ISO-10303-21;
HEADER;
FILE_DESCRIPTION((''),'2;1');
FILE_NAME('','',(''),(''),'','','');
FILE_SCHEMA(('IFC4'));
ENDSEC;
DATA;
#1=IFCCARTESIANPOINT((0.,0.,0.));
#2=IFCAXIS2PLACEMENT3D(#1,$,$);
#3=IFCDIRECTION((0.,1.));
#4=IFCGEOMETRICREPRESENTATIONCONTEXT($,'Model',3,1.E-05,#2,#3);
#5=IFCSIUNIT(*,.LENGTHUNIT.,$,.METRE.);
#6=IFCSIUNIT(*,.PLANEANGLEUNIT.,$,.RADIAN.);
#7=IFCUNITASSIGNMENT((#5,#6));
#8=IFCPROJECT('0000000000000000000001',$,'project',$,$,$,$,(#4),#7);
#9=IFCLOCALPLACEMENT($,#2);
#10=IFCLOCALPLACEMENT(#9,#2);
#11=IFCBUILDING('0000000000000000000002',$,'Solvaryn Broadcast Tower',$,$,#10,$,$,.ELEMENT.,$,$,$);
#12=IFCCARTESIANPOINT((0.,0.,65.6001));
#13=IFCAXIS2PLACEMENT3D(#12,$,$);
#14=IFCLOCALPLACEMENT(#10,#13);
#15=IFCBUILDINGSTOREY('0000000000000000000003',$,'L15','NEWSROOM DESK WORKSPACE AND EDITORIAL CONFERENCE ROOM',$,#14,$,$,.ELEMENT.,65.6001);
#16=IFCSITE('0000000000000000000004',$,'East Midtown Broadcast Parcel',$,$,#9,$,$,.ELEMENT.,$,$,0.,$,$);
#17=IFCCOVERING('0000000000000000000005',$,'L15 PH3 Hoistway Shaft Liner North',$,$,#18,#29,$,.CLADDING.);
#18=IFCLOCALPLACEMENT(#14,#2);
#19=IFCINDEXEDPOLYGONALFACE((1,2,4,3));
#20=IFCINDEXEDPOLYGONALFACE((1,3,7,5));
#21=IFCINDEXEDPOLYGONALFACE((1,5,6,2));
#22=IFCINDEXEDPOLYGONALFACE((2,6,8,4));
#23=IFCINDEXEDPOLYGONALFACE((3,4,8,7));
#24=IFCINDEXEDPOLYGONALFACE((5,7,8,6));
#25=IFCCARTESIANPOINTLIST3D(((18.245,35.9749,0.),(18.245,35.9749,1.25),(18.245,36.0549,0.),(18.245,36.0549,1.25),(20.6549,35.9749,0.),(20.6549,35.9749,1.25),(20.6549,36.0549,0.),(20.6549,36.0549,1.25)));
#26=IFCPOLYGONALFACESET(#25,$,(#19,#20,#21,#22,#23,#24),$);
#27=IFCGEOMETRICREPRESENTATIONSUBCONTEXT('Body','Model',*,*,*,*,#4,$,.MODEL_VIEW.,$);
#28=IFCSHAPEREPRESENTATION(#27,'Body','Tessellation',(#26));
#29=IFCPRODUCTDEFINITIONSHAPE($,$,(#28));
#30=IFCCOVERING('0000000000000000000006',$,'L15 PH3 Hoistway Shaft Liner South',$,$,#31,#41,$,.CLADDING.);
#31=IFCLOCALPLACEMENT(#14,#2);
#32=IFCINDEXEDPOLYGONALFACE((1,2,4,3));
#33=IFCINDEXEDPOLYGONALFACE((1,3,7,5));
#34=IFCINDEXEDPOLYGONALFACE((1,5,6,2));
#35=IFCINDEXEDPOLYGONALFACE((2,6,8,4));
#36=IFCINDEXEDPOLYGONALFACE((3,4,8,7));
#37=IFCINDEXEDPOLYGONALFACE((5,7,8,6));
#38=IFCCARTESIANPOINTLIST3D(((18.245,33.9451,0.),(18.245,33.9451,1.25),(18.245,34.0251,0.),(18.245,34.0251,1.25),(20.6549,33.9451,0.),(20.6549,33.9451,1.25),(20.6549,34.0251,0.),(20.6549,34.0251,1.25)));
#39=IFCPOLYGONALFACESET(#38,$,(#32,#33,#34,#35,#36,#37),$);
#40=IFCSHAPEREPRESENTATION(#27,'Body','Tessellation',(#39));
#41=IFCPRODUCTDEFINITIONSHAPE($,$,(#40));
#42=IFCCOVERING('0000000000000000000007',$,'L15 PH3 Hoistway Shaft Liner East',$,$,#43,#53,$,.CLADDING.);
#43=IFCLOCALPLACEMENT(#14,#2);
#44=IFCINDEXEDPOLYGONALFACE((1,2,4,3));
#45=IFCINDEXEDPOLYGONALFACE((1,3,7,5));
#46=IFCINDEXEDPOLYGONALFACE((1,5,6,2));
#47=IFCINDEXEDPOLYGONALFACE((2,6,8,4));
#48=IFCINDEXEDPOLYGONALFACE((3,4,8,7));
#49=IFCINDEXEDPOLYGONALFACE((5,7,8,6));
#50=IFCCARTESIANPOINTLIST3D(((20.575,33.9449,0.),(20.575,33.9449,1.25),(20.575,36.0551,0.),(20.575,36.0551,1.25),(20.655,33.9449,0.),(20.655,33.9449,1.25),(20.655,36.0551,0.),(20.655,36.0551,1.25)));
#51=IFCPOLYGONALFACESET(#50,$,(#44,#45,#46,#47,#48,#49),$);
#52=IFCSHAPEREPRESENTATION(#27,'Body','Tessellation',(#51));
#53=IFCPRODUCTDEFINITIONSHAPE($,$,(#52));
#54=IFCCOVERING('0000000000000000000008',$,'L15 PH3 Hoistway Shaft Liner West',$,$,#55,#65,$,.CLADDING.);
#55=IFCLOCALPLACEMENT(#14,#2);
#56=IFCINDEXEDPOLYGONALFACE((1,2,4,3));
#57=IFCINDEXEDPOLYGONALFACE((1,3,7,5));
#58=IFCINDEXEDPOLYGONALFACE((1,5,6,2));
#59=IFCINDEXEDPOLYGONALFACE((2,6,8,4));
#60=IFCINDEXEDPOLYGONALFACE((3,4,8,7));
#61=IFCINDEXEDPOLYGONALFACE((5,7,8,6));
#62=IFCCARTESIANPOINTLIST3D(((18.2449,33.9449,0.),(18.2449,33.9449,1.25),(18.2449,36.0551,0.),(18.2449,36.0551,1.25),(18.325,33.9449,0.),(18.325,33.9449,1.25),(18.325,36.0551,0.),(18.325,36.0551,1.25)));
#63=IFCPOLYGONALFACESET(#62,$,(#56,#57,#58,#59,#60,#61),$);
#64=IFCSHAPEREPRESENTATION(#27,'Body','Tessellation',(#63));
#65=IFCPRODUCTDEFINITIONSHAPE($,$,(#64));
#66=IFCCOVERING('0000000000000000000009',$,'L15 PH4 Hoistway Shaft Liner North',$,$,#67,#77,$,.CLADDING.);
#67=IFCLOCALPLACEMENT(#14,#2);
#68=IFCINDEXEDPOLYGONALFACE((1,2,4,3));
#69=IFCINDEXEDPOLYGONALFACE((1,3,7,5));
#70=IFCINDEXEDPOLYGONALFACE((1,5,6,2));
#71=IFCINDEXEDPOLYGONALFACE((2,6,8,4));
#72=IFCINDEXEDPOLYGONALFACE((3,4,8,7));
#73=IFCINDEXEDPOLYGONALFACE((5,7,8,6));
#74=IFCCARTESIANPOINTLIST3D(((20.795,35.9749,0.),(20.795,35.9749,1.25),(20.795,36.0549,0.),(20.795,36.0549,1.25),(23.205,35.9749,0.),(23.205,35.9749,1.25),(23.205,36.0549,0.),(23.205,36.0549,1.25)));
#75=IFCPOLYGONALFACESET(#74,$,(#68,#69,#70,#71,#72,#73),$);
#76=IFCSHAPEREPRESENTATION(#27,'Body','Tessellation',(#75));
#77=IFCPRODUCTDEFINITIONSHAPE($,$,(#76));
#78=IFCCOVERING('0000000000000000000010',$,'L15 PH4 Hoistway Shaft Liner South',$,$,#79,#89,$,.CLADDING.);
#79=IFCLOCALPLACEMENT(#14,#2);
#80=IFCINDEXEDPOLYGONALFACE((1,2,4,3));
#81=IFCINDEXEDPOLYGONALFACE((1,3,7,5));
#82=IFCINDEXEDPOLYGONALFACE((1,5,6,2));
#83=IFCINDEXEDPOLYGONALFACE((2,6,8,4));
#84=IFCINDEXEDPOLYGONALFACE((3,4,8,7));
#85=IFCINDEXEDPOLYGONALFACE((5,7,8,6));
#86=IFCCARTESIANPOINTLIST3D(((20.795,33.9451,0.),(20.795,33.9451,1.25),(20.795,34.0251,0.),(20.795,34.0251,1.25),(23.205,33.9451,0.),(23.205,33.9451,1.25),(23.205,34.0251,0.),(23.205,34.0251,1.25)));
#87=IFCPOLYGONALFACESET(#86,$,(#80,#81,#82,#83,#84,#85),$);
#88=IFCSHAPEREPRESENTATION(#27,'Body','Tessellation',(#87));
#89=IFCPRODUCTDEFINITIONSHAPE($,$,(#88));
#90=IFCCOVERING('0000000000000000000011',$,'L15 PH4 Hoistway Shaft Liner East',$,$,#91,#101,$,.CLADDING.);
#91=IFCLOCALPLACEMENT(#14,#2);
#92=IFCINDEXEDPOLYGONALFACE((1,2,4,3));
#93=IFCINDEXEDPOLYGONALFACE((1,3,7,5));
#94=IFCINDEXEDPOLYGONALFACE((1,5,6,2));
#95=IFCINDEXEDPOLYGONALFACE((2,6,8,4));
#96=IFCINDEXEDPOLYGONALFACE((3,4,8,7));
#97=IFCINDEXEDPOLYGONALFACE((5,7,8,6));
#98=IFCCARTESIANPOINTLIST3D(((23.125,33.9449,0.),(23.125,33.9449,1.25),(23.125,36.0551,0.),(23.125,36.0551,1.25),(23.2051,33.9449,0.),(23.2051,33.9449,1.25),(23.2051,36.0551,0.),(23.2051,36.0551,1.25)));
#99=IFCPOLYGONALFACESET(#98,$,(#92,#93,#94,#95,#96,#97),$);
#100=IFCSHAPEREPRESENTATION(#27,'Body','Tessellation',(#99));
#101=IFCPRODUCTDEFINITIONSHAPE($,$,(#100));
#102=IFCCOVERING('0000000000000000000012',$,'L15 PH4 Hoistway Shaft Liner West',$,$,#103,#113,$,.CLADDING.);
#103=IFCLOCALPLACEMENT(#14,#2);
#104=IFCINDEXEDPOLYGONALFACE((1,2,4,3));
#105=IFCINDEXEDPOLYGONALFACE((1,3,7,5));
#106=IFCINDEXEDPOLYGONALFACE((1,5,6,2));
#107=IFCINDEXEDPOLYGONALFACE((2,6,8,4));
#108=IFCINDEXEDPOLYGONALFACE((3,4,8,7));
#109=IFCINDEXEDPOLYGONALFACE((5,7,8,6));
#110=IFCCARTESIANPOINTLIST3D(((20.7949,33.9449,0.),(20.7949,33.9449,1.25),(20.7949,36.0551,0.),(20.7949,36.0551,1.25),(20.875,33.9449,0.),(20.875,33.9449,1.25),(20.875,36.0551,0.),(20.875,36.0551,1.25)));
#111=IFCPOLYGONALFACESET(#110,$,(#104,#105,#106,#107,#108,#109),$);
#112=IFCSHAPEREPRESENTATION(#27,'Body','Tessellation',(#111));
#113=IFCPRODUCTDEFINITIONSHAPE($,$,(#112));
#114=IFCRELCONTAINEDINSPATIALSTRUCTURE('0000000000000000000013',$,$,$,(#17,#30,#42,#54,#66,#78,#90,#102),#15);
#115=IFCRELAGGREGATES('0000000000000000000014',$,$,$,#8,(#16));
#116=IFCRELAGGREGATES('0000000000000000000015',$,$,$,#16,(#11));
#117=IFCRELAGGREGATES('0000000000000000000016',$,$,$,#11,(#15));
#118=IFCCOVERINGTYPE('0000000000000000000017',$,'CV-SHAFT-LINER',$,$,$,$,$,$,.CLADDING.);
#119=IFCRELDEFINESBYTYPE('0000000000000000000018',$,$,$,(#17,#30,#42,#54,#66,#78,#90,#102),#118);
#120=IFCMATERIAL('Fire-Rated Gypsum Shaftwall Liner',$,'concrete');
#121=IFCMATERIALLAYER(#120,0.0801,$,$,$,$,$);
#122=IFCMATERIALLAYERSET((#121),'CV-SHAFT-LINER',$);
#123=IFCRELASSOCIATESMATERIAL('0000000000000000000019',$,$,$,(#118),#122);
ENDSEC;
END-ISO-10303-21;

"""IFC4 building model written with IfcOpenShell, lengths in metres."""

from ifc_helpers import new_model, si_unit, direction, frame, origin, origin_2d, place, context, subcontext, project, spatial, rectangle, extrude, material, layer, layer_set, type_object, element, save


model = new_model("IFC4")

# Units and contexts
model_context = context("Model", 3, precision=1e-05, world=origin(), true_north=direction((0.0, 1.0)))
body_context = subcontext(model_context, "Body", "Model", "MODEL_VIEW")
ifc_project = project(units=[si_unit("LENGTHUNIT", "METRE"), si_unit("PLANEANGLEUNIT", "RADIAN")], contexts=[model_context])

# Site, building, storey
site_placement = place(None, origin())
site = spatial("IfcSite", under=ifc_project, at=site_placement, Name="East Midtown Broadcast Parcel", CompositionType="ELEMENT", RefElevation=0.0)
building_placement = place(site_placement, origin())
building = spatial("IfcBuilding", under=site, at=building_placement, Name="Solvaryn Broadcast Tower", CompositionType="ELEMENT")
storey_placement = place(building_placement, frame((0.0, 0.0, 65.6001)))
storey = spatial("IfcBuildingStorey", under=building, at=storey_placement, Name="L15", Description="NEWSROOM DESK WORKSPACE AND EDITORIAL CONFERENCE ROOM", CompositionType="ELEMENT", Elevation=65.6001)

# Coverings
ifc_material_1 = material(Name="Fire-Rated Gypsum Shaftwall Liner", Category="concrete")
ifc_layer_1 = layer(ifc_material_1, 0.0801)
ifc_layer_set_1 = layer_set([ifc_layer_1], Name="CV-SHAFT-LINER")
covering_type = type_object("IfcCoveringType", Name="CV-SHAFT-LINER", PredefinedType="CLADDING", material=ifc_layer_set_1)
for number, where, z_axis, x_axis, name in (
    (1, (19.45, 36.0149, 0.0), (0.0, 0.0, 1.0), (1.0, 0.0, 0.0), "L15 PH3 Hoistway Shaft Liner North"),
    (2, (19.45, 33.9851, 0.0), (0.0, 0.0, 1.0), (1.0, 0.0, 0.0), "L15 PH3 Hoistway Shaft Liner South"),
):
    element("IfcCovering", number, at=place(storey_placement, frame(where, z_axis=z_axis, x_axis=x_axis)), inside=storey, type_object=covering_type, Name=name, PredefinedType="CLADDING", context=body_context, shape_type="SweptSolid", body=[
        extrude(rectangle(XDim=2.4099, YDim=0.0801, at=origin_2d()), origin(), (0.0, 0.0, 1.0), 1.25),
    ])
for number, where, z_axis, x_axis, name in (
    (3, (20.615, 35.0, 0.0), (0.0, 0.0, 1.0), (1.0, 0.0, 0.0), "L15 PH3 Hoistway Shaft Liner East"),
    (4, (18.2849, 35.0, 0.0), (0.0, 0.0, 1.0), (1.0, 0.0, 0.0), "L15 PH3 Hoistway Shaft Liner West"),
):
    element("IfcCovering", number, at=place(storey_placement, frame(where, z_axis=z_axis, x_axis=x_axis)), inside=storey, type_object=covering_type, Name=name, PredefinedType="CLADDING", context=body_context, shape_type="SweptSolid", body=[
        extrude(rectangle(XDim=0.0801, YDim=2.1101, at=origin_2d()), origin(), (0.0, 0.0, 1.0), 1.25),
    ])
for number, where, z_axis, x_axis, name in (
    (5, (22.0, 36.0149, 0.0), (0.0, 0.0, 1.0), (1.0, 0.0, 0.0), "L15 PH4 Hoistway Shaft Liner North"),
    (6, (22.0, 33.9851, 0.0), (0.0, 0.0, 1.0), (1.0, 0.0, 0.0), "L15 PH4 Hoistway Shaft Liner South"),
):
    element("IfcCovering", number, at=place(storey_placement, frame(where, z_axis=z_axis, x_axis=x_axis)), inside=storey, type_object=covering_type, Name=name, PredefinedType="CLADDING", context=body_context, shape_type="SweptSolid", body=[
        extrude(rectangle(XDim=2.4099, YDim=0.0801, at=origin_2d()), origin(), (0.0, 0.0, 1.0), 1.25),
    ])
for number, where, z_axis, x_axis, name in (
    (7, (23.165, 35.0, 0.0), (0.0, 0.0, 1.0), (1.0, 0.0, 0.0), "L15 PH4 Hoistway Shaft Liner East"),
    (8, (20.835, 35.0, 0.0), (0.0, 0.0, 1.0), (1.0, 0.0, 0.0), "L15 PH4 Hoistway Shaft Liner West"),
):
    element("IfcCovering", number, at=place(storey_placement, frame(where, z_axis=z_axis, x_axis=x_axis)), inside=storey, type_object=covering_type, Name=name, PredefinedType="CLADDING", context=body_context, shape_type="SweptSolid", body=[
        extrude(rectangle(XDim=0.0801, YDim=2.1101, at=origin_2d()), origin(), (0.0, 0.0, 1.0), 1.25),
    ])

save(model, "model.ifc")
